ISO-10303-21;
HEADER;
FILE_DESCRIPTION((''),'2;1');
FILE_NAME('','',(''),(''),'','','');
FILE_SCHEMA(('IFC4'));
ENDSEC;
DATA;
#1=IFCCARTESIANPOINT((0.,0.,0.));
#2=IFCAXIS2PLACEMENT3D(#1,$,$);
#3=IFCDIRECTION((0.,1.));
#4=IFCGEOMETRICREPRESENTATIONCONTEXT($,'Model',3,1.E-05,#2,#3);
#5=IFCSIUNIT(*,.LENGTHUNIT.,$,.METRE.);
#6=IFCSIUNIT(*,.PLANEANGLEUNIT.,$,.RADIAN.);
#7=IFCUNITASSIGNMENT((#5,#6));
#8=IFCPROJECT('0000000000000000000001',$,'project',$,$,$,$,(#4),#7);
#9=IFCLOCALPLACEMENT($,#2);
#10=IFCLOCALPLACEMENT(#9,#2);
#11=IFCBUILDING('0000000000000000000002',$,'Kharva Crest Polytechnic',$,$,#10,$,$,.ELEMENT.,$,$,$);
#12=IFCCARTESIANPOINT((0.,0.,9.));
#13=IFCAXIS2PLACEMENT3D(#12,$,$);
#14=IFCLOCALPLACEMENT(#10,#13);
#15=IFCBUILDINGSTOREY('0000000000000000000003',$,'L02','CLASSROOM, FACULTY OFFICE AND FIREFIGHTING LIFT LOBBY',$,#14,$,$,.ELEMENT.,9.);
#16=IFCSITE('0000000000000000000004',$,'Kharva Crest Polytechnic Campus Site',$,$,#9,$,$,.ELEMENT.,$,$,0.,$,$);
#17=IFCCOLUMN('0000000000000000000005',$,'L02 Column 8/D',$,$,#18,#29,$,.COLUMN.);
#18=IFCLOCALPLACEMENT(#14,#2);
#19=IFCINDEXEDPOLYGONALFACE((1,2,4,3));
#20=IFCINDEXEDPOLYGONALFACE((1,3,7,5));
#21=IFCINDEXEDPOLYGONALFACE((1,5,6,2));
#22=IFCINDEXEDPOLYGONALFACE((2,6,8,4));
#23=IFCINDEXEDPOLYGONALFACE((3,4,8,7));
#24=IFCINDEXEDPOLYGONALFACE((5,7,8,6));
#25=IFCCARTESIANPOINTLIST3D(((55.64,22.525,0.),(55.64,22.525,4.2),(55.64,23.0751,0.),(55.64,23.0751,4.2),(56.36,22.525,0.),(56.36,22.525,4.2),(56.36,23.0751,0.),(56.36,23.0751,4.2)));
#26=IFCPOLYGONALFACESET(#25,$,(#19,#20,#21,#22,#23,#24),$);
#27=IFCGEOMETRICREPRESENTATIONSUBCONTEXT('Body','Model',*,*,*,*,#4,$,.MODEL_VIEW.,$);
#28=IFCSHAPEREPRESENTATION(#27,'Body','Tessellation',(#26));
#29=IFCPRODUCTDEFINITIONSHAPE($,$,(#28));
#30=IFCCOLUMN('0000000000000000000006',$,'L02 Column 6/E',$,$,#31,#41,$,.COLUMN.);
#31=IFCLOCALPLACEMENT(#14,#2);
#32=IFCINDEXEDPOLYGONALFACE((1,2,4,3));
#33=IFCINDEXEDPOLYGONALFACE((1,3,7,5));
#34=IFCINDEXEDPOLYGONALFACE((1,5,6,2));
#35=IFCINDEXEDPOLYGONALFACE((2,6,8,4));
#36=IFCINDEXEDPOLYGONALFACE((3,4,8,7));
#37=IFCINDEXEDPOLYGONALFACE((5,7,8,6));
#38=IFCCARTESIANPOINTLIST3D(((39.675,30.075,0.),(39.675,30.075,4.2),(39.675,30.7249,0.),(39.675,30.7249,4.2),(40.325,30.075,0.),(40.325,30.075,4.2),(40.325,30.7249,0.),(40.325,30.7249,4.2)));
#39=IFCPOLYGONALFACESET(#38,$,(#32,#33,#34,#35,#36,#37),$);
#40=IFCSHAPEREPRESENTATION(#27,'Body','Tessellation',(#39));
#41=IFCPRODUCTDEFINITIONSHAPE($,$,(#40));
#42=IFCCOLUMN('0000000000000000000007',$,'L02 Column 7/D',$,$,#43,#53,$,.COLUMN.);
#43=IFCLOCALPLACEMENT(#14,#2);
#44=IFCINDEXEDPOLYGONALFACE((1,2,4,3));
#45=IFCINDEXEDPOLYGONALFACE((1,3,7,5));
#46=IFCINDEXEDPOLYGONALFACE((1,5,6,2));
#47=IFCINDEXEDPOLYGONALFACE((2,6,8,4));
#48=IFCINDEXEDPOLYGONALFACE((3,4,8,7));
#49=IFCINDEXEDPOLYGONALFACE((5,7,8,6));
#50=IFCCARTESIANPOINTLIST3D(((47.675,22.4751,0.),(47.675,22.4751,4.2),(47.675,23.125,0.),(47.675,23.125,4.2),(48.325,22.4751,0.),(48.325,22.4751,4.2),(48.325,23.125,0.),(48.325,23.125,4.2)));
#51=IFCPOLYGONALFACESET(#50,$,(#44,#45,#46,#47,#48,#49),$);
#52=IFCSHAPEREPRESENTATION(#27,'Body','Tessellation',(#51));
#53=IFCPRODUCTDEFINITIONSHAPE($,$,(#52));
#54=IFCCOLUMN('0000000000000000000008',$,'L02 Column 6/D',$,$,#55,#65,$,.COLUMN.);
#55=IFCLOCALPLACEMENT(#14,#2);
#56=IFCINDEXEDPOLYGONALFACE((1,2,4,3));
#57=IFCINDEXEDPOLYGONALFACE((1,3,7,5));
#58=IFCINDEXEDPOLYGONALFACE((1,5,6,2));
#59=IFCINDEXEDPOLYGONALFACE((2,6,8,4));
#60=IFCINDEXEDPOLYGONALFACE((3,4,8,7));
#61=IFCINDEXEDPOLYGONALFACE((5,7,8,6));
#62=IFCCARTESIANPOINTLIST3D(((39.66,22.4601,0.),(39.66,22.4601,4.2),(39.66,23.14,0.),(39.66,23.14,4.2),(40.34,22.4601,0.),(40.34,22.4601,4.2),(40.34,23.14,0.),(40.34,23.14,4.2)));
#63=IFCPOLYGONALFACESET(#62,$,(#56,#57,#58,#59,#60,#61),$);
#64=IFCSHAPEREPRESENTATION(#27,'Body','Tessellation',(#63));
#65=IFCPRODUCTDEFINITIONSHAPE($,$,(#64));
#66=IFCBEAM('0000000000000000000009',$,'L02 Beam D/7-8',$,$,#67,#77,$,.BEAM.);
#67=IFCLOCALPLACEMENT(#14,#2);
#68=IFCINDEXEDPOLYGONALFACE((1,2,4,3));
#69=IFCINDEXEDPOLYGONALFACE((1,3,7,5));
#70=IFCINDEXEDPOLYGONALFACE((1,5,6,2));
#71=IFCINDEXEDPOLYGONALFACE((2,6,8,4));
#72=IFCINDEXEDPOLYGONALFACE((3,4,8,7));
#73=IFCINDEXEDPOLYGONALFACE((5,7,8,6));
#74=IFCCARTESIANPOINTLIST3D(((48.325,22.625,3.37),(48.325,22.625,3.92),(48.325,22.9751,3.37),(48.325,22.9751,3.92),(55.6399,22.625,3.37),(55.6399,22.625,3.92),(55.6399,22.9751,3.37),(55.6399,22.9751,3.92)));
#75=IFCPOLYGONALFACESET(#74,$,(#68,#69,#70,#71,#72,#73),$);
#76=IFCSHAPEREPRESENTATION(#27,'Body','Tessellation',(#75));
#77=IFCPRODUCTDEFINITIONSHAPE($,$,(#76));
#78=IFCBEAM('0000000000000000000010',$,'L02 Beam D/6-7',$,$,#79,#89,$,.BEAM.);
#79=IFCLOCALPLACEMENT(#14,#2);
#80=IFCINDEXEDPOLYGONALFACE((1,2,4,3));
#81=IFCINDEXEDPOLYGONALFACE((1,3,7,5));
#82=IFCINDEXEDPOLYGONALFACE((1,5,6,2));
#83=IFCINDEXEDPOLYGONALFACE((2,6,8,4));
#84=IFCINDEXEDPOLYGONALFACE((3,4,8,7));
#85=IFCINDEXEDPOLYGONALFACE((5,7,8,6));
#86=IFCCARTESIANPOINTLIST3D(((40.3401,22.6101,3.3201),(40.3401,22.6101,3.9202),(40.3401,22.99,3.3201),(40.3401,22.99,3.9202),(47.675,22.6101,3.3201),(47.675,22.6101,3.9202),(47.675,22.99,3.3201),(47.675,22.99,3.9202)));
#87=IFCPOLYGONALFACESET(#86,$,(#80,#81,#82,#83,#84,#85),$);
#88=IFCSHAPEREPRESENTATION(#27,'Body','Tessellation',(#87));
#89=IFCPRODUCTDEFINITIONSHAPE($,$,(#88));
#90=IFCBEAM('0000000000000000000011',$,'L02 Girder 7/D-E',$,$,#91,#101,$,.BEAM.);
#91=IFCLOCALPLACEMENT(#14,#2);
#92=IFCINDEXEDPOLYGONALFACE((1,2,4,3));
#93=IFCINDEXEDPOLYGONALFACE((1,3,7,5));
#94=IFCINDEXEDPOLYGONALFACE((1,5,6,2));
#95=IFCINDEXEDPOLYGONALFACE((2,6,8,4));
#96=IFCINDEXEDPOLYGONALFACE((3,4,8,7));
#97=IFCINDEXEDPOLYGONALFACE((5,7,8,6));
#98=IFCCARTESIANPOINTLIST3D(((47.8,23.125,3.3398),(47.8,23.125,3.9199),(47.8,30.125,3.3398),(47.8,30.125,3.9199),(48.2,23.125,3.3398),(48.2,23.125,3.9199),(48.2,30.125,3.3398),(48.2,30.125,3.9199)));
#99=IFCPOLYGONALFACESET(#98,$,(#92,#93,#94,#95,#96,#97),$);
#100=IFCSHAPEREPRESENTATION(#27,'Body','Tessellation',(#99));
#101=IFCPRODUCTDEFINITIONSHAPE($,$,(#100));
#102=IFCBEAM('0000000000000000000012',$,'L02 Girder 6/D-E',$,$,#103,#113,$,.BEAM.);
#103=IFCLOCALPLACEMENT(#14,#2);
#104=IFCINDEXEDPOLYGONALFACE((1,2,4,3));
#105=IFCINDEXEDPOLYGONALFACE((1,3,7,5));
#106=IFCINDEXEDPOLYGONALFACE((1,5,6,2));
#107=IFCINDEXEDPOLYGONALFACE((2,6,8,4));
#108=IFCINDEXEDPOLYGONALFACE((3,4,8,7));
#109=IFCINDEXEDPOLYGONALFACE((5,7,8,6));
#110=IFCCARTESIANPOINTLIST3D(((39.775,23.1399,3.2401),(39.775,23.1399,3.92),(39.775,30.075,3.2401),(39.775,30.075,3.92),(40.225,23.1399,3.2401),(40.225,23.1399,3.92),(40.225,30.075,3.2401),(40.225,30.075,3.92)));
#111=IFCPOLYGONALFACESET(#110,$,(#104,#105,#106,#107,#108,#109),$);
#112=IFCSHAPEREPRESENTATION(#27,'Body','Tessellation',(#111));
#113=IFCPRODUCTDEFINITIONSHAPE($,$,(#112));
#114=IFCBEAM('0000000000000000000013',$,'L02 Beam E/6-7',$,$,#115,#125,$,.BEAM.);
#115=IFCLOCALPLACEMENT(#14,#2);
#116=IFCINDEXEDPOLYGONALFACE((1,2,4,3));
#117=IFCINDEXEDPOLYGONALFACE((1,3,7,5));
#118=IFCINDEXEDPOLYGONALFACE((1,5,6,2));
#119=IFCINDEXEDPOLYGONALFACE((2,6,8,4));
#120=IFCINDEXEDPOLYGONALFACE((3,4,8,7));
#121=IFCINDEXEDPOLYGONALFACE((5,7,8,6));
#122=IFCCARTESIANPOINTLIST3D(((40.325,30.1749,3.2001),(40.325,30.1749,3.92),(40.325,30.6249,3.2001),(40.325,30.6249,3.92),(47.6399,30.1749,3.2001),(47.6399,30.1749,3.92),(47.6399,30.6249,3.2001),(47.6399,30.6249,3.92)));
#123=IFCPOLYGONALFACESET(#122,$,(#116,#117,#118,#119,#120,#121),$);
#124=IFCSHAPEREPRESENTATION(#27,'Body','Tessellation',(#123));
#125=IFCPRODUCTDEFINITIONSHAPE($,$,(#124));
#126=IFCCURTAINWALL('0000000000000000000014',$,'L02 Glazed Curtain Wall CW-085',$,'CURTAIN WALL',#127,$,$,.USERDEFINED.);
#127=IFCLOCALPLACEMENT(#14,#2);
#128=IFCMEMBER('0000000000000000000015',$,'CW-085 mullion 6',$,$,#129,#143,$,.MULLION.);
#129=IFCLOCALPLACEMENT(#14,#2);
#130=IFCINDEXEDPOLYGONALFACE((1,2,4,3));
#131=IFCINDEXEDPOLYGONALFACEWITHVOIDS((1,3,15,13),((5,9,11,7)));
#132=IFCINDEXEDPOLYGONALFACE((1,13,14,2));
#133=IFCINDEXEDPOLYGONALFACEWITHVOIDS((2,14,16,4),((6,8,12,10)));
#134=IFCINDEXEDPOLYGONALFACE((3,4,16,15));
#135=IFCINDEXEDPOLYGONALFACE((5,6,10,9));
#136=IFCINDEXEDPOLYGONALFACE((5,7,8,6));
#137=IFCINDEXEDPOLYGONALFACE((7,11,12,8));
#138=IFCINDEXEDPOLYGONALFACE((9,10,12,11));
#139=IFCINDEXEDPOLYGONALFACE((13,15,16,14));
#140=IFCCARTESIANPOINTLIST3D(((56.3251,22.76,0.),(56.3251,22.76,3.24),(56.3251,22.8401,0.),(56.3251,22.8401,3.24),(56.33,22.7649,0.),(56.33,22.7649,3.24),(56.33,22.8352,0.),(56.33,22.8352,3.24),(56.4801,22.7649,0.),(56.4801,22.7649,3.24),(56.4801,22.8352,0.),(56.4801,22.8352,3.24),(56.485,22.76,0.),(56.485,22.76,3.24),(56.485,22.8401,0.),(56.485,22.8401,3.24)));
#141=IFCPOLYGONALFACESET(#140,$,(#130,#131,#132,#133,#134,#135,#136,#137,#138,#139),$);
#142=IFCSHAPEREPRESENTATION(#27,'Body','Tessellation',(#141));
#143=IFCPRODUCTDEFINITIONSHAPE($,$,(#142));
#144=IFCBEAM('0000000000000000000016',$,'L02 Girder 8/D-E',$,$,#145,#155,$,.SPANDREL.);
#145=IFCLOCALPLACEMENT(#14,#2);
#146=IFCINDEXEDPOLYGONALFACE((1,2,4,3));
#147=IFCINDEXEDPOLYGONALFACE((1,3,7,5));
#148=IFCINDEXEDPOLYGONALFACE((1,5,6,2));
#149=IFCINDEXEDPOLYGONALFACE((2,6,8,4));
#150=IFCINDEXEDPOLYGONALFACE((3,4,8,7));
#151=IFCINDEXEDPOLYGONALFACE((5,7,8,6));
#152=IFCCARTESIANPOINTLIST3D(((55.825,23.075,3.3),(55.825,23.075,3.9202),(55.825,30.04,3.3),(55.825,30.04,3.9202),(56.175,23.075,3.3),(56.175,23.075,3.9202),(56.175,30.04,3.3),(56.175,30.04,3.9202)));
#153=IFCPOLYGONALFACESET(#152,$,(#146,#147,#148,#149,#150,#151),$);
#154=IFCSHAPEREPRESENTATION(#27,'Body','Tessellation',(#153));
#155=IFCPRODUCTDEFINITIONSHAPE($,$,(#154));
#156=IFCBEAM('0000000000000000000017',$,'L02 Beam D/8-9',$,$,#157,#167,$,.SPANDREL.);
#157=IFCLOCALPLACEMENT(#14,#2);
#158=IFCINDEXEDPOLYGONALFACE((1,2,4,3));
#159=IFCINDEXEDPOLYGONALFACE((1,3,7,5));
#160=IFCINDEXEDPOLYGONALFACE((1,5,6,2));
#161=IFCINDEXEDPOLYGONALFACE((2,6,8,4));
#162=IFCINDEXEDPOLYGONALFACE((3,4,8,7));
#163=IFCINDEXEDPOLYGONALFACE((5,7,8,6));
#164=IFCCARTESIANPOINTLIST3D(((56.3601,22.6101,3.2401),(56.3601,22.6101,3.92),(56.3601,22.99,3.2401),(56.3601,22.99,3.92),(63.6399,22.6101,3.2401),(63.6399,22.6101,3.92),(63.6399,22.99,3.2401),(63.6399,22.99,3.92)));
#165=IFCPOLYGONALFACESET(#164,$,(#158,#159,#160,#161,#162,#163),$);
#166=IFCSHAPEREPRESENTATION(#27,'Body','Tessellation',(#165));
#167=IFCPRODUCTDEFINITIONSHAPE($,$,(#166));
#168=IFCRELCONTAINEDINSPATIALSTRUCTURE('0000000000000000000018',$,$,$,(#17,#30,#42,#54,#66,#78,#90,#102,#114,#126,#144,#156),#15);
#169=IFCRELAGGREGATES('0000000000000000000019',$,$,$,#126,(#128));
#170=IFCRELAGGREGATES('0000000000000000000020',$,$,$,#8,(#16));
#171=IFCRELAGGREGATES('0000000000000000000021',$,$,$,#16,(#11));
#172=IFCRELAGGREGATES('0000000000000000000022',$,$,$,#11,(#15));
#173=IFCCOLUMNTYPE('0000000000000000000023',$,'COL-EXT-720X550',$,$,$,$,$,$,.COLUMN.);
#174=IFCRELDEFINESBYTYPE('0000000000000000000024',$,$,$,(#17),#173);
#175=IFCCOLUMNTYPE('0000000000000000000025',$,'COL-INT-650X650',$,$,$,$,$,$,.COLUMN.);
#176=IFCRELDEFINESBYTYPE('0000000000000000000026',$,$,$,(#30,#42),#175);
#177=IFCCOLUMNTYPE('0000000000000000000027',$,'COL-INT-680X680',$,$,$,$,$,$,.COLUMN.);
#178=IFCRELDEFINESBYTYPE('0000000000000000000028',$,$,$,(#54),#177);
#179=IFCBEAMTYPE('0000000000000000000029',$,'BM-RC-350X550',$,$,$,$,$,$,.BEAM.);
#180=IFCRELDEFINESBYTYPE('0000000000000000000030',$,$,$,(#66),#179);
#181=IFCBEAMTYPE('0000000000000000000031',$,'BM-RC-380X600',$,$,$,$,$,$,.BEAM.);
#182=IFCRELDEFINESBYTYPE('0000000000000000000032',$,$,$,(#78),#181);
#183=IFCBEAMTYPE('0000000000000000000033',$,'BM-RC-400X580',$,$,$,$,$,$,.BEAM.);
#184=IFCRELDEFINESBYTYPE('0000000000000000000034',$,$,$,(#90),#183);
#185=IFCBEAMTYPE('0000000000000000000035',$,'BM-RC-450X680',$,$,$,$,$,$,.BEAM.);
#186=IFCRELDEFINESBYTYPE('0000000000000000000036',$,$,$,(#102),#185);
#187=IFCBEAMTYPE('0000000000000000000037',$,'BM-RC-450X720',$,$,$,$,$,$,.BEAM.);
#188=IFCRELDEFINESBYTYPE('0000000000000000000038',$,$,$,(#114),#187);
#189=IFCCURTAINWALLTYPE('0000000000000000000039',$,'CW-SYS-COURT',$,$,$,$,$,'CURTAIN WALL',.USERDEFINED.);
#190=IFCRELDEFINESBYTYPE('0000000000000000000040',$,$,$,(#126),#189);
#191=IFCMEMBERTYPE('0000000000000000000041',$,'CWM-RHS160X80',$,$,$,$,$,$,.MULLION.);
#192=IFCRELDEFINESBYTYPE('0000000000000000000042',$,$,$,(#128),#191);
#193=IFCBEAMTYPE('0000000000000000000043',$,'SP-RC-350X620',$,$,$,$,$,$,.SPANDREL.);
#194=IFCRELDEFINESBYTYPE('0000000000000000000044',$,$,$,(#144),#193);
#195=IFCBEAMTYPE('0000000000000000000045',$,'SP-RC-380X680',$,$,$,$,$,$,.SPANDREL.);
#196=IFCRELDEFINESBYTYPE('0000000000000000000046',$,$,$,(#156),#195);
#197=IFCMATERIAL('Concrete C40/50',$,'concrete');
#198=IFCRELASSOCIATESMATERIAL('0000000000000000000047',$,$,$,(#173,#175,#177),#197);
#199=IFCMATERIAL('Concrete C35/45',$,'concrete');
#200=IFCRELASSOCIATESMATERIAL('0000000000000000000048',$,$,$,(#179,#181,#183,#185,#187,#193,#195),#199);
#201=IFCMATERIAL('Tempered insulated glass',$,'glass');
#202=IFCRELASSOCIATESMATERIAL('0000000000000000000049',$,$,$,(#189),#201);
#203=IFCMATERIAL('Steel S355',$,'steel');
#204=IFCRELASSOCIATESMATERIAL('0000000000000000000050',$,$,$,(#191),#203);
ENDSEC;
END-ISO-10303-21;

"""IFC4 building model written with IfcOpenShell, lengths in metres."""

from ifc_helpers import new_model, si_unit, direction, frame, origin, origin_2d, place, context, subcontext, project, spatial, rectangle, hollow_rectangle, extrude, material, material_profile, profile_set, type_object, element, aggregate, save


model = new_model("IFC4")

# Units and contexts
model_context = context("Model", 3, precision=1e-05, world=origin(), true_north=direction((0.0, 1.0)))
body_context = subcontext(model_context, "Body", "Model", "MODEL_VIEW")
ifc_project = project(units=[si_unit("LENGTHUNIT", "METRE"), si_unit("PLANEANGLEUNIT", "RADIAN")], contexts=[model_context])

# Site, building, storey
site_placement = place(None, origin())
site = spatial("IfcSite", under=ifc_project, at=site_placement, Name="Kharva Crest Polytechnic Campus Site", CompositionType="ELEMENT", RefElevation=0.0)
building_placement = place(site_placement, origin())
building = spatial("IfcBuilding", under=site, at=building_placement, Name="Kharva Crest Polytechnic", CompositionType="ELEMENT")
storey_placement = place(building_placement, frame((0.0, 0.0, 9.0)))
storey = spatial("IfcBuildingStorey", under=building, at=storey_placement, Name="L02", Description="CLASSROOM, FACULTY OFFICE AND FIREFIGHTING LIFT LOBBY", CompositionType="ELEMENT", Elevation=9.0)

# Columns
ifc_material_1 = material(Name="Concrete C40/50", Category="concrete")
ifc_material_profile_1 = material_profile(ifc_material_1, rectangle(XDim=0.72, YDim=0.55, at=origin_2d()), Name="RECT 720 X 550")
ifc_profile_set_1 = profile_set([ifc_material_profile_1], Name="Concrete C40/50")
column_type_1 = type_object("IfcColumnType", Name="COL-EXT-720X550", PredefinedType="COLUMN", material=ifc_profile_set_1)
column_1_placement = place(storey_placement, frame((56.0, 22.8, 0.0), z_axis=(0.0, 0.0, 1.0), x_axis=(1.0, 0.0, 0.0)))
element("IfcColumn", 1, at=column_1_placement, inside=storey, type_object=column_type_1, Name="L02 Column 8/D", PredefinedType="COLUMN", context=body_context, shape_type="SweptSolid", body=[
    extrude(rectangle(XDim=0.72, YDim=0.55, at=origin_2d()), origin(), (0.0, 0.0, 1.0), 4.2),
])
ifc_material_profile_2 = material_profile(ifc_material_1, rectangle(XDim=0.6499, YDim=0.6499, at=origin_2d()), Name="RECT 650 X 650")
ifc_profile_set_2 = profile_set([ifc_material_profile_2], Name="Concrete C40/50")
column_type_2 = type_object("IfcColumnType", Name="COL-INT-650X650", PredefinedType="COLUMN", material=ifc_profile_set_2)
for number, where, z_axis, x_axis, name in (
    (2, (40.0, 30.3999, 0.0), (0.0, 0.0, 1.0), (1.0, 0.0, 0.0), "L02 Column 6/E"),
    (3, (48.0, 22.8, 0.0), (0.0, 0.0, 1.0), (1.0, 0.0, 0.0), "L02 Column 7/D"),
):
    element("IfcColumn", number, at=place(storey_placement, frame(where, z_axis=z_axis, x_axis=x_axis)), inside=storey, type_object=column_type_2, Name=name, PredefinedType="COLUMN", context=body_context, shape_type="SweptSolid", body=[
        extrude(rectangle(XDim=0.6499, YDim=0.6499, at=origin_2d()), origin(), (0.0, 0.0, 1.0), 4.2),
    ])
ifc_material_profile_3 = material_profile(ifc_material_1, rectangle(XDim=0.6799, YDim=0.6799, at=origin_2d()), Name="RECT 680 X 680")
ifc_profile_set_3 = profile_set([ifc_material_profile_3], Name="Concrete C40/50")
column_type_3 = type_object("IfcColumnType", Name="COL-INT-680X680", PredefinedType="COLUMN", material=ifc_profile_set_3)
column_2_placement = place(storey_placement, frame((40.0, 22.8, 0.0), z_axis=(0.0, 0.0, 1.0), x_axis=(1.0, 0.0, 0.0)))
element("IfcColumn", 4, at=column_2_placement, inside=storey, type_object=column_type_3, Name="L02 Column 6/D", PredefinedType="COLUMN", context=body_context, shape_type="SweptSolid", body=[
    extrude(rectangle(XDim=0.6799, YDim=0.6799, at=origin_2d()), origin(), (0.0, 0.0, 1.0), 4.2),
])

# Beams
ifc_material_2 = material(Name="Concrete C35/45", Category="concrete")
ifc_material_profile_4 = material_profile(ifc_material_2, rectangle(XDim=0.3501, YDim=0.55, at=origin_2d()), Name="RECT 350 X 550")
ifc_profile_set_4 = profile_set([ifc_material_profile_4], Name="Concrete C35/45")
beam_type_1 = type_object("IfcBeamType", Name="BM-RC-350X550", PredefinedType="BEAM", material=ifc_profile_set_4)
beam_1_placement = place(storey_placement, frame((48.325, 22.8, 3.645), z_axis=(1.0, 0.0, 0.0), x_axis=(0.0, 1.0, 0.0)))
element("IfcBeam", 5, at=beam_1_placement, inside=storey, type_object=beam_type_1, Name="L02 Beam D/7-8", PredefinedType="BEAM", context=body_context, shape_type="SweptSolid", body=[
    extrude(rectangle(XDim=0.3501, YDim=0.55, at=origin_2d()), origin(), (0.0, 0.0, 1.0), 7.3149),
])
ifc_material_profile_5 = material_profile(ifc_material_2, rectangle(XDim=0.3799, YDim=0.6001, at=origin_2d()), Name="RECT 380 X 600")
ifc_profile_set_5 = profile_set([ifc_material_profile_5], Name="Concrete C35/45")
beam_type_2 = type_object("IfcBeamType", Name="BM-RC-380X600", PredefinedType="BEAM", material=ifc_profile_set_5)
beam_2_placement = place(storey_placement, frame((40.3401, 22.8, 3.6201), z_axis=(1.0, 0.0, 0.0), x_axis=(0.0, 1.0, 0.0)))
element("IfcBeam", 6, at=beam_2_placement, inside=storey, type_object=beam_type_2, Name="L02 Beam D/6-7", PredefinedType="BEAM", context=body_context, shape_type="SweptSolid", body=[
    extrude(rectangle(XDim=0.3799, YDim=0.6001, at=origin_2d()), origin(), (0.0, 0.0, 1.0), 7.335),
])
ifc_material_profile_6 = material_profile(ifc_material_2, rectangle(XDim=0.3999, YDim=0.5801, at=origin_2d()), Name="RECT 400 X 580")
ifc_profile_set_6 = profile_set([ifc_material_profile_6], Name="Concrete C35/45")
beam_type_3 = type_object("IfcBeamType", Name="BM-RC-400X580", PredefinedType="BEAM", material=ifc_profile_set_6)
beam_3_placement = place(storey_placement, frame((48.0, 23.125, 3.6299), z_axis=(0.0, 1.0, 0.0), x_axis=(-1.0, 0.0, 0.0)))
element("IfcBeam", 7, at=beam_3_placement, inside=storey, type_object=beam_type_3, Name="L02 Girder 7/D-E", PredefinedType="BEAM", context=body_context, shape_type="SweptSolid", body=[
    extrude(rectangle(XDim=0.3999, YDim=0.5801, at=origin_2d()), origin(), (0.0, 0.0, 1.0), 7.0),
])
ifc_material_profile_7 = material_profile(ifc_material_2, rectangle(XDim=0.45, YDim=0.6799, at=origin_2d()), Name="RECT 450 X 680")
ifc_profile_set_7 = profile_set([ifc_material_profile_7], Name="Concrete C35/45")
beam_type_4 = type_object("IfcBeamType", Name="BM-RC-450X680", PredefinedType="BEAM", material=ifc_profile_set_7)
beam_4_placement = place(storey_placement, frame((40.0, 23.1399, 3.5801), z_axis=(0.0, 1.0, 0.0), x_axis=(-1.0, 0.0, 0.0)))
element("IfcBeam", 8, at=beam_4_placement, inside=storey, type_object=beam_type_4, Name="L02 Girder 6/D-E", PredefinedType="BEAM", context=body_context, shape_type="SweptSolid", body=[
    extrude(rectangle(XDim=0.45, YDim=0.6799, at=origin_2d()), origin(), (0.0, 0.0, 1.0), 6.9351),
])
ifc_material_profile_8 = material_profile(ifc_material_2, rectangle(XDim=0.45, YDim=0.72, at=origin_2d()), Name="RECT 450 X 720")
ifc_profile_set_8 = profile_set([ifc_material_profile_8], Name="Concrete C35/45")
beam_type_5 = type_object("IfcBeamType", Name="BM-RC-450X720", PredefinedType="BEAM", material=ifc_profile_set_8)
beam_5_placement = place(storey_placement, frame((40.325, 30.3999, 3.5601), z_axis=(1.0, 0.0, 0.0), x_axis=(0.0, 1.0, 0.0)))
element("IfcBeam", 9, at=beam_5_placement, inside=storey, type_object=beam_type_5, Name="L02 Beam E/6-7", PredefinedType="BEAM", context=body_context, shape_type="SweptSolid", body=[
    extrude(rectangle(XDim=0.45, YDim=0.72, at=origin_2d()), origin(), (0.0, 0.0, 1.0), 7.3149),
])

# Curtain wall, member
ifc_material_3 = material(Name="Tempered insulated glass", Category="glass")
curtain_wall_type = type_object("IfcCurtainWallType", Name="CW-SYS-COURT", ElementType="CURTAIN WALL", PredefinedType="USERDEFINED", material=ifc_material_3)
curtain_wall_placement = place(storey_placement, origin())
curtain_wall = element("IfcCurtainWall", 10, at=curtain_wall_placement, inside=storey, type_object=curtain_wall_type, Name="L02 Glazed Curtain Wall CW-085", ObjectType="CURTAIN WALL", PredefinedType="USERDEFINED")
ifc_material_4 = material(Name="Steel S355", Category="steel")
ifc_material_profile_9 = material_profile(ifc_material_4, hollow_rectangle(XDim=0.0801, YDim=0.1599, WallThickness=0.0049, at=origin_2d()), Name="RHS 160X80X5.0")
ifc_profile_set_9 = profile_set([ifc_material_profile_9], Name="Steel S355")
member_type = type_object("IfcMemberType", Name="CWM-RHS160X80", PredefinedType="MULLION", material=ifc_profile_set_9)
member_placement = place(storey_placement, frame((56.405, 22.8, 0.0), z_axis=(0.0, 0.0, 1.0), x_axis=(0.0, -1.0, 0.0)))
member = element("IfcMember", 11, at=member_placement, type_object=member_type, Name="CW-085 mullion 6", PredefinedType="MULLION", context=body_context, shape_type="SweptSolid", body=[
    extrude(hollow_rectangle(XDim=0.0801, YDim=0.1599, WallThickness=0.0049, at=origin_2d()), origin(), (0.0, 0.0, 1.0), 3.24),
])

# Beams
ifc_material_profile_10 = material_profile(ifc_material_2, rectangle(XDim=0.3501, YDim=0.6201, at=origin_2d()), Name="RECT 350 X 620")
ifc_profile_set_10 = profile_set([ifc_material_profile_10], Name="Concrete C35/45")
beam_type_6 = type_object("IfcBeamType", Name="SP-RC-350X620", PredefinedType="SPANDREL", material=ifc_profile_set_10)
beam_6_placement = place(storey_placement, frame((56.0, 23.075, 3.6101), z_axis=(0.0, 1.0, 0.0), x_axis=(-1.0, 0.0, 0.0)))
element("IfcBeam", 12, at=beam_6_placement, inside=storey, type_object=beam_type_6, Name="L02 Girder 8/D-E", PredefinedType="SPANDREL", context=body_context, shape_type="SweptSolid", body=[
    extrude(rectangle(XDim=0.3501, YDim=0.6201, at=origin_2d()), origin(), (0.0, 0.0, 1.0), 6.9651),
])
ifc_material_profile_11 = material_profile(ifc_material_2, rectangle(XDim=0.3799, YDim=0.6799, at=origin_2d()), Name="RECT 380 X 680")
ifc_profile_set_11 = profile_set([ifc_material_profile_11], Name="Concrete C35/45")
beam_type_7 = type_object("IfcBeamType", Name="SP-RC-380X680", PredefinedType="SPANDREL", material=ifc_profile_set_11)
beam_7_placement = place(storey_placement, frame((56.3601, 22.8, 3.5801), z_axis=(1.0, 0.0, 0.0), x_axis=(0.0, 1.0, 0.0)))
element("IfcBeam", 13, at=beam_7_placement, inside=storey, type_object=beam_type_7, Name="L02 Beam D/8-9", PredefinedType="SPANDREL", context=body_context, shape_type="SweptSolid", body=[
    extrude(rectangle(XDim=0.3799, YDim=0.6799, at=origin_2d()), origin(), (0.0, 0.0, 1.0), 7.2798),
])

aggregate(curtain_wall, [member])

save(model, "model.ifc")
